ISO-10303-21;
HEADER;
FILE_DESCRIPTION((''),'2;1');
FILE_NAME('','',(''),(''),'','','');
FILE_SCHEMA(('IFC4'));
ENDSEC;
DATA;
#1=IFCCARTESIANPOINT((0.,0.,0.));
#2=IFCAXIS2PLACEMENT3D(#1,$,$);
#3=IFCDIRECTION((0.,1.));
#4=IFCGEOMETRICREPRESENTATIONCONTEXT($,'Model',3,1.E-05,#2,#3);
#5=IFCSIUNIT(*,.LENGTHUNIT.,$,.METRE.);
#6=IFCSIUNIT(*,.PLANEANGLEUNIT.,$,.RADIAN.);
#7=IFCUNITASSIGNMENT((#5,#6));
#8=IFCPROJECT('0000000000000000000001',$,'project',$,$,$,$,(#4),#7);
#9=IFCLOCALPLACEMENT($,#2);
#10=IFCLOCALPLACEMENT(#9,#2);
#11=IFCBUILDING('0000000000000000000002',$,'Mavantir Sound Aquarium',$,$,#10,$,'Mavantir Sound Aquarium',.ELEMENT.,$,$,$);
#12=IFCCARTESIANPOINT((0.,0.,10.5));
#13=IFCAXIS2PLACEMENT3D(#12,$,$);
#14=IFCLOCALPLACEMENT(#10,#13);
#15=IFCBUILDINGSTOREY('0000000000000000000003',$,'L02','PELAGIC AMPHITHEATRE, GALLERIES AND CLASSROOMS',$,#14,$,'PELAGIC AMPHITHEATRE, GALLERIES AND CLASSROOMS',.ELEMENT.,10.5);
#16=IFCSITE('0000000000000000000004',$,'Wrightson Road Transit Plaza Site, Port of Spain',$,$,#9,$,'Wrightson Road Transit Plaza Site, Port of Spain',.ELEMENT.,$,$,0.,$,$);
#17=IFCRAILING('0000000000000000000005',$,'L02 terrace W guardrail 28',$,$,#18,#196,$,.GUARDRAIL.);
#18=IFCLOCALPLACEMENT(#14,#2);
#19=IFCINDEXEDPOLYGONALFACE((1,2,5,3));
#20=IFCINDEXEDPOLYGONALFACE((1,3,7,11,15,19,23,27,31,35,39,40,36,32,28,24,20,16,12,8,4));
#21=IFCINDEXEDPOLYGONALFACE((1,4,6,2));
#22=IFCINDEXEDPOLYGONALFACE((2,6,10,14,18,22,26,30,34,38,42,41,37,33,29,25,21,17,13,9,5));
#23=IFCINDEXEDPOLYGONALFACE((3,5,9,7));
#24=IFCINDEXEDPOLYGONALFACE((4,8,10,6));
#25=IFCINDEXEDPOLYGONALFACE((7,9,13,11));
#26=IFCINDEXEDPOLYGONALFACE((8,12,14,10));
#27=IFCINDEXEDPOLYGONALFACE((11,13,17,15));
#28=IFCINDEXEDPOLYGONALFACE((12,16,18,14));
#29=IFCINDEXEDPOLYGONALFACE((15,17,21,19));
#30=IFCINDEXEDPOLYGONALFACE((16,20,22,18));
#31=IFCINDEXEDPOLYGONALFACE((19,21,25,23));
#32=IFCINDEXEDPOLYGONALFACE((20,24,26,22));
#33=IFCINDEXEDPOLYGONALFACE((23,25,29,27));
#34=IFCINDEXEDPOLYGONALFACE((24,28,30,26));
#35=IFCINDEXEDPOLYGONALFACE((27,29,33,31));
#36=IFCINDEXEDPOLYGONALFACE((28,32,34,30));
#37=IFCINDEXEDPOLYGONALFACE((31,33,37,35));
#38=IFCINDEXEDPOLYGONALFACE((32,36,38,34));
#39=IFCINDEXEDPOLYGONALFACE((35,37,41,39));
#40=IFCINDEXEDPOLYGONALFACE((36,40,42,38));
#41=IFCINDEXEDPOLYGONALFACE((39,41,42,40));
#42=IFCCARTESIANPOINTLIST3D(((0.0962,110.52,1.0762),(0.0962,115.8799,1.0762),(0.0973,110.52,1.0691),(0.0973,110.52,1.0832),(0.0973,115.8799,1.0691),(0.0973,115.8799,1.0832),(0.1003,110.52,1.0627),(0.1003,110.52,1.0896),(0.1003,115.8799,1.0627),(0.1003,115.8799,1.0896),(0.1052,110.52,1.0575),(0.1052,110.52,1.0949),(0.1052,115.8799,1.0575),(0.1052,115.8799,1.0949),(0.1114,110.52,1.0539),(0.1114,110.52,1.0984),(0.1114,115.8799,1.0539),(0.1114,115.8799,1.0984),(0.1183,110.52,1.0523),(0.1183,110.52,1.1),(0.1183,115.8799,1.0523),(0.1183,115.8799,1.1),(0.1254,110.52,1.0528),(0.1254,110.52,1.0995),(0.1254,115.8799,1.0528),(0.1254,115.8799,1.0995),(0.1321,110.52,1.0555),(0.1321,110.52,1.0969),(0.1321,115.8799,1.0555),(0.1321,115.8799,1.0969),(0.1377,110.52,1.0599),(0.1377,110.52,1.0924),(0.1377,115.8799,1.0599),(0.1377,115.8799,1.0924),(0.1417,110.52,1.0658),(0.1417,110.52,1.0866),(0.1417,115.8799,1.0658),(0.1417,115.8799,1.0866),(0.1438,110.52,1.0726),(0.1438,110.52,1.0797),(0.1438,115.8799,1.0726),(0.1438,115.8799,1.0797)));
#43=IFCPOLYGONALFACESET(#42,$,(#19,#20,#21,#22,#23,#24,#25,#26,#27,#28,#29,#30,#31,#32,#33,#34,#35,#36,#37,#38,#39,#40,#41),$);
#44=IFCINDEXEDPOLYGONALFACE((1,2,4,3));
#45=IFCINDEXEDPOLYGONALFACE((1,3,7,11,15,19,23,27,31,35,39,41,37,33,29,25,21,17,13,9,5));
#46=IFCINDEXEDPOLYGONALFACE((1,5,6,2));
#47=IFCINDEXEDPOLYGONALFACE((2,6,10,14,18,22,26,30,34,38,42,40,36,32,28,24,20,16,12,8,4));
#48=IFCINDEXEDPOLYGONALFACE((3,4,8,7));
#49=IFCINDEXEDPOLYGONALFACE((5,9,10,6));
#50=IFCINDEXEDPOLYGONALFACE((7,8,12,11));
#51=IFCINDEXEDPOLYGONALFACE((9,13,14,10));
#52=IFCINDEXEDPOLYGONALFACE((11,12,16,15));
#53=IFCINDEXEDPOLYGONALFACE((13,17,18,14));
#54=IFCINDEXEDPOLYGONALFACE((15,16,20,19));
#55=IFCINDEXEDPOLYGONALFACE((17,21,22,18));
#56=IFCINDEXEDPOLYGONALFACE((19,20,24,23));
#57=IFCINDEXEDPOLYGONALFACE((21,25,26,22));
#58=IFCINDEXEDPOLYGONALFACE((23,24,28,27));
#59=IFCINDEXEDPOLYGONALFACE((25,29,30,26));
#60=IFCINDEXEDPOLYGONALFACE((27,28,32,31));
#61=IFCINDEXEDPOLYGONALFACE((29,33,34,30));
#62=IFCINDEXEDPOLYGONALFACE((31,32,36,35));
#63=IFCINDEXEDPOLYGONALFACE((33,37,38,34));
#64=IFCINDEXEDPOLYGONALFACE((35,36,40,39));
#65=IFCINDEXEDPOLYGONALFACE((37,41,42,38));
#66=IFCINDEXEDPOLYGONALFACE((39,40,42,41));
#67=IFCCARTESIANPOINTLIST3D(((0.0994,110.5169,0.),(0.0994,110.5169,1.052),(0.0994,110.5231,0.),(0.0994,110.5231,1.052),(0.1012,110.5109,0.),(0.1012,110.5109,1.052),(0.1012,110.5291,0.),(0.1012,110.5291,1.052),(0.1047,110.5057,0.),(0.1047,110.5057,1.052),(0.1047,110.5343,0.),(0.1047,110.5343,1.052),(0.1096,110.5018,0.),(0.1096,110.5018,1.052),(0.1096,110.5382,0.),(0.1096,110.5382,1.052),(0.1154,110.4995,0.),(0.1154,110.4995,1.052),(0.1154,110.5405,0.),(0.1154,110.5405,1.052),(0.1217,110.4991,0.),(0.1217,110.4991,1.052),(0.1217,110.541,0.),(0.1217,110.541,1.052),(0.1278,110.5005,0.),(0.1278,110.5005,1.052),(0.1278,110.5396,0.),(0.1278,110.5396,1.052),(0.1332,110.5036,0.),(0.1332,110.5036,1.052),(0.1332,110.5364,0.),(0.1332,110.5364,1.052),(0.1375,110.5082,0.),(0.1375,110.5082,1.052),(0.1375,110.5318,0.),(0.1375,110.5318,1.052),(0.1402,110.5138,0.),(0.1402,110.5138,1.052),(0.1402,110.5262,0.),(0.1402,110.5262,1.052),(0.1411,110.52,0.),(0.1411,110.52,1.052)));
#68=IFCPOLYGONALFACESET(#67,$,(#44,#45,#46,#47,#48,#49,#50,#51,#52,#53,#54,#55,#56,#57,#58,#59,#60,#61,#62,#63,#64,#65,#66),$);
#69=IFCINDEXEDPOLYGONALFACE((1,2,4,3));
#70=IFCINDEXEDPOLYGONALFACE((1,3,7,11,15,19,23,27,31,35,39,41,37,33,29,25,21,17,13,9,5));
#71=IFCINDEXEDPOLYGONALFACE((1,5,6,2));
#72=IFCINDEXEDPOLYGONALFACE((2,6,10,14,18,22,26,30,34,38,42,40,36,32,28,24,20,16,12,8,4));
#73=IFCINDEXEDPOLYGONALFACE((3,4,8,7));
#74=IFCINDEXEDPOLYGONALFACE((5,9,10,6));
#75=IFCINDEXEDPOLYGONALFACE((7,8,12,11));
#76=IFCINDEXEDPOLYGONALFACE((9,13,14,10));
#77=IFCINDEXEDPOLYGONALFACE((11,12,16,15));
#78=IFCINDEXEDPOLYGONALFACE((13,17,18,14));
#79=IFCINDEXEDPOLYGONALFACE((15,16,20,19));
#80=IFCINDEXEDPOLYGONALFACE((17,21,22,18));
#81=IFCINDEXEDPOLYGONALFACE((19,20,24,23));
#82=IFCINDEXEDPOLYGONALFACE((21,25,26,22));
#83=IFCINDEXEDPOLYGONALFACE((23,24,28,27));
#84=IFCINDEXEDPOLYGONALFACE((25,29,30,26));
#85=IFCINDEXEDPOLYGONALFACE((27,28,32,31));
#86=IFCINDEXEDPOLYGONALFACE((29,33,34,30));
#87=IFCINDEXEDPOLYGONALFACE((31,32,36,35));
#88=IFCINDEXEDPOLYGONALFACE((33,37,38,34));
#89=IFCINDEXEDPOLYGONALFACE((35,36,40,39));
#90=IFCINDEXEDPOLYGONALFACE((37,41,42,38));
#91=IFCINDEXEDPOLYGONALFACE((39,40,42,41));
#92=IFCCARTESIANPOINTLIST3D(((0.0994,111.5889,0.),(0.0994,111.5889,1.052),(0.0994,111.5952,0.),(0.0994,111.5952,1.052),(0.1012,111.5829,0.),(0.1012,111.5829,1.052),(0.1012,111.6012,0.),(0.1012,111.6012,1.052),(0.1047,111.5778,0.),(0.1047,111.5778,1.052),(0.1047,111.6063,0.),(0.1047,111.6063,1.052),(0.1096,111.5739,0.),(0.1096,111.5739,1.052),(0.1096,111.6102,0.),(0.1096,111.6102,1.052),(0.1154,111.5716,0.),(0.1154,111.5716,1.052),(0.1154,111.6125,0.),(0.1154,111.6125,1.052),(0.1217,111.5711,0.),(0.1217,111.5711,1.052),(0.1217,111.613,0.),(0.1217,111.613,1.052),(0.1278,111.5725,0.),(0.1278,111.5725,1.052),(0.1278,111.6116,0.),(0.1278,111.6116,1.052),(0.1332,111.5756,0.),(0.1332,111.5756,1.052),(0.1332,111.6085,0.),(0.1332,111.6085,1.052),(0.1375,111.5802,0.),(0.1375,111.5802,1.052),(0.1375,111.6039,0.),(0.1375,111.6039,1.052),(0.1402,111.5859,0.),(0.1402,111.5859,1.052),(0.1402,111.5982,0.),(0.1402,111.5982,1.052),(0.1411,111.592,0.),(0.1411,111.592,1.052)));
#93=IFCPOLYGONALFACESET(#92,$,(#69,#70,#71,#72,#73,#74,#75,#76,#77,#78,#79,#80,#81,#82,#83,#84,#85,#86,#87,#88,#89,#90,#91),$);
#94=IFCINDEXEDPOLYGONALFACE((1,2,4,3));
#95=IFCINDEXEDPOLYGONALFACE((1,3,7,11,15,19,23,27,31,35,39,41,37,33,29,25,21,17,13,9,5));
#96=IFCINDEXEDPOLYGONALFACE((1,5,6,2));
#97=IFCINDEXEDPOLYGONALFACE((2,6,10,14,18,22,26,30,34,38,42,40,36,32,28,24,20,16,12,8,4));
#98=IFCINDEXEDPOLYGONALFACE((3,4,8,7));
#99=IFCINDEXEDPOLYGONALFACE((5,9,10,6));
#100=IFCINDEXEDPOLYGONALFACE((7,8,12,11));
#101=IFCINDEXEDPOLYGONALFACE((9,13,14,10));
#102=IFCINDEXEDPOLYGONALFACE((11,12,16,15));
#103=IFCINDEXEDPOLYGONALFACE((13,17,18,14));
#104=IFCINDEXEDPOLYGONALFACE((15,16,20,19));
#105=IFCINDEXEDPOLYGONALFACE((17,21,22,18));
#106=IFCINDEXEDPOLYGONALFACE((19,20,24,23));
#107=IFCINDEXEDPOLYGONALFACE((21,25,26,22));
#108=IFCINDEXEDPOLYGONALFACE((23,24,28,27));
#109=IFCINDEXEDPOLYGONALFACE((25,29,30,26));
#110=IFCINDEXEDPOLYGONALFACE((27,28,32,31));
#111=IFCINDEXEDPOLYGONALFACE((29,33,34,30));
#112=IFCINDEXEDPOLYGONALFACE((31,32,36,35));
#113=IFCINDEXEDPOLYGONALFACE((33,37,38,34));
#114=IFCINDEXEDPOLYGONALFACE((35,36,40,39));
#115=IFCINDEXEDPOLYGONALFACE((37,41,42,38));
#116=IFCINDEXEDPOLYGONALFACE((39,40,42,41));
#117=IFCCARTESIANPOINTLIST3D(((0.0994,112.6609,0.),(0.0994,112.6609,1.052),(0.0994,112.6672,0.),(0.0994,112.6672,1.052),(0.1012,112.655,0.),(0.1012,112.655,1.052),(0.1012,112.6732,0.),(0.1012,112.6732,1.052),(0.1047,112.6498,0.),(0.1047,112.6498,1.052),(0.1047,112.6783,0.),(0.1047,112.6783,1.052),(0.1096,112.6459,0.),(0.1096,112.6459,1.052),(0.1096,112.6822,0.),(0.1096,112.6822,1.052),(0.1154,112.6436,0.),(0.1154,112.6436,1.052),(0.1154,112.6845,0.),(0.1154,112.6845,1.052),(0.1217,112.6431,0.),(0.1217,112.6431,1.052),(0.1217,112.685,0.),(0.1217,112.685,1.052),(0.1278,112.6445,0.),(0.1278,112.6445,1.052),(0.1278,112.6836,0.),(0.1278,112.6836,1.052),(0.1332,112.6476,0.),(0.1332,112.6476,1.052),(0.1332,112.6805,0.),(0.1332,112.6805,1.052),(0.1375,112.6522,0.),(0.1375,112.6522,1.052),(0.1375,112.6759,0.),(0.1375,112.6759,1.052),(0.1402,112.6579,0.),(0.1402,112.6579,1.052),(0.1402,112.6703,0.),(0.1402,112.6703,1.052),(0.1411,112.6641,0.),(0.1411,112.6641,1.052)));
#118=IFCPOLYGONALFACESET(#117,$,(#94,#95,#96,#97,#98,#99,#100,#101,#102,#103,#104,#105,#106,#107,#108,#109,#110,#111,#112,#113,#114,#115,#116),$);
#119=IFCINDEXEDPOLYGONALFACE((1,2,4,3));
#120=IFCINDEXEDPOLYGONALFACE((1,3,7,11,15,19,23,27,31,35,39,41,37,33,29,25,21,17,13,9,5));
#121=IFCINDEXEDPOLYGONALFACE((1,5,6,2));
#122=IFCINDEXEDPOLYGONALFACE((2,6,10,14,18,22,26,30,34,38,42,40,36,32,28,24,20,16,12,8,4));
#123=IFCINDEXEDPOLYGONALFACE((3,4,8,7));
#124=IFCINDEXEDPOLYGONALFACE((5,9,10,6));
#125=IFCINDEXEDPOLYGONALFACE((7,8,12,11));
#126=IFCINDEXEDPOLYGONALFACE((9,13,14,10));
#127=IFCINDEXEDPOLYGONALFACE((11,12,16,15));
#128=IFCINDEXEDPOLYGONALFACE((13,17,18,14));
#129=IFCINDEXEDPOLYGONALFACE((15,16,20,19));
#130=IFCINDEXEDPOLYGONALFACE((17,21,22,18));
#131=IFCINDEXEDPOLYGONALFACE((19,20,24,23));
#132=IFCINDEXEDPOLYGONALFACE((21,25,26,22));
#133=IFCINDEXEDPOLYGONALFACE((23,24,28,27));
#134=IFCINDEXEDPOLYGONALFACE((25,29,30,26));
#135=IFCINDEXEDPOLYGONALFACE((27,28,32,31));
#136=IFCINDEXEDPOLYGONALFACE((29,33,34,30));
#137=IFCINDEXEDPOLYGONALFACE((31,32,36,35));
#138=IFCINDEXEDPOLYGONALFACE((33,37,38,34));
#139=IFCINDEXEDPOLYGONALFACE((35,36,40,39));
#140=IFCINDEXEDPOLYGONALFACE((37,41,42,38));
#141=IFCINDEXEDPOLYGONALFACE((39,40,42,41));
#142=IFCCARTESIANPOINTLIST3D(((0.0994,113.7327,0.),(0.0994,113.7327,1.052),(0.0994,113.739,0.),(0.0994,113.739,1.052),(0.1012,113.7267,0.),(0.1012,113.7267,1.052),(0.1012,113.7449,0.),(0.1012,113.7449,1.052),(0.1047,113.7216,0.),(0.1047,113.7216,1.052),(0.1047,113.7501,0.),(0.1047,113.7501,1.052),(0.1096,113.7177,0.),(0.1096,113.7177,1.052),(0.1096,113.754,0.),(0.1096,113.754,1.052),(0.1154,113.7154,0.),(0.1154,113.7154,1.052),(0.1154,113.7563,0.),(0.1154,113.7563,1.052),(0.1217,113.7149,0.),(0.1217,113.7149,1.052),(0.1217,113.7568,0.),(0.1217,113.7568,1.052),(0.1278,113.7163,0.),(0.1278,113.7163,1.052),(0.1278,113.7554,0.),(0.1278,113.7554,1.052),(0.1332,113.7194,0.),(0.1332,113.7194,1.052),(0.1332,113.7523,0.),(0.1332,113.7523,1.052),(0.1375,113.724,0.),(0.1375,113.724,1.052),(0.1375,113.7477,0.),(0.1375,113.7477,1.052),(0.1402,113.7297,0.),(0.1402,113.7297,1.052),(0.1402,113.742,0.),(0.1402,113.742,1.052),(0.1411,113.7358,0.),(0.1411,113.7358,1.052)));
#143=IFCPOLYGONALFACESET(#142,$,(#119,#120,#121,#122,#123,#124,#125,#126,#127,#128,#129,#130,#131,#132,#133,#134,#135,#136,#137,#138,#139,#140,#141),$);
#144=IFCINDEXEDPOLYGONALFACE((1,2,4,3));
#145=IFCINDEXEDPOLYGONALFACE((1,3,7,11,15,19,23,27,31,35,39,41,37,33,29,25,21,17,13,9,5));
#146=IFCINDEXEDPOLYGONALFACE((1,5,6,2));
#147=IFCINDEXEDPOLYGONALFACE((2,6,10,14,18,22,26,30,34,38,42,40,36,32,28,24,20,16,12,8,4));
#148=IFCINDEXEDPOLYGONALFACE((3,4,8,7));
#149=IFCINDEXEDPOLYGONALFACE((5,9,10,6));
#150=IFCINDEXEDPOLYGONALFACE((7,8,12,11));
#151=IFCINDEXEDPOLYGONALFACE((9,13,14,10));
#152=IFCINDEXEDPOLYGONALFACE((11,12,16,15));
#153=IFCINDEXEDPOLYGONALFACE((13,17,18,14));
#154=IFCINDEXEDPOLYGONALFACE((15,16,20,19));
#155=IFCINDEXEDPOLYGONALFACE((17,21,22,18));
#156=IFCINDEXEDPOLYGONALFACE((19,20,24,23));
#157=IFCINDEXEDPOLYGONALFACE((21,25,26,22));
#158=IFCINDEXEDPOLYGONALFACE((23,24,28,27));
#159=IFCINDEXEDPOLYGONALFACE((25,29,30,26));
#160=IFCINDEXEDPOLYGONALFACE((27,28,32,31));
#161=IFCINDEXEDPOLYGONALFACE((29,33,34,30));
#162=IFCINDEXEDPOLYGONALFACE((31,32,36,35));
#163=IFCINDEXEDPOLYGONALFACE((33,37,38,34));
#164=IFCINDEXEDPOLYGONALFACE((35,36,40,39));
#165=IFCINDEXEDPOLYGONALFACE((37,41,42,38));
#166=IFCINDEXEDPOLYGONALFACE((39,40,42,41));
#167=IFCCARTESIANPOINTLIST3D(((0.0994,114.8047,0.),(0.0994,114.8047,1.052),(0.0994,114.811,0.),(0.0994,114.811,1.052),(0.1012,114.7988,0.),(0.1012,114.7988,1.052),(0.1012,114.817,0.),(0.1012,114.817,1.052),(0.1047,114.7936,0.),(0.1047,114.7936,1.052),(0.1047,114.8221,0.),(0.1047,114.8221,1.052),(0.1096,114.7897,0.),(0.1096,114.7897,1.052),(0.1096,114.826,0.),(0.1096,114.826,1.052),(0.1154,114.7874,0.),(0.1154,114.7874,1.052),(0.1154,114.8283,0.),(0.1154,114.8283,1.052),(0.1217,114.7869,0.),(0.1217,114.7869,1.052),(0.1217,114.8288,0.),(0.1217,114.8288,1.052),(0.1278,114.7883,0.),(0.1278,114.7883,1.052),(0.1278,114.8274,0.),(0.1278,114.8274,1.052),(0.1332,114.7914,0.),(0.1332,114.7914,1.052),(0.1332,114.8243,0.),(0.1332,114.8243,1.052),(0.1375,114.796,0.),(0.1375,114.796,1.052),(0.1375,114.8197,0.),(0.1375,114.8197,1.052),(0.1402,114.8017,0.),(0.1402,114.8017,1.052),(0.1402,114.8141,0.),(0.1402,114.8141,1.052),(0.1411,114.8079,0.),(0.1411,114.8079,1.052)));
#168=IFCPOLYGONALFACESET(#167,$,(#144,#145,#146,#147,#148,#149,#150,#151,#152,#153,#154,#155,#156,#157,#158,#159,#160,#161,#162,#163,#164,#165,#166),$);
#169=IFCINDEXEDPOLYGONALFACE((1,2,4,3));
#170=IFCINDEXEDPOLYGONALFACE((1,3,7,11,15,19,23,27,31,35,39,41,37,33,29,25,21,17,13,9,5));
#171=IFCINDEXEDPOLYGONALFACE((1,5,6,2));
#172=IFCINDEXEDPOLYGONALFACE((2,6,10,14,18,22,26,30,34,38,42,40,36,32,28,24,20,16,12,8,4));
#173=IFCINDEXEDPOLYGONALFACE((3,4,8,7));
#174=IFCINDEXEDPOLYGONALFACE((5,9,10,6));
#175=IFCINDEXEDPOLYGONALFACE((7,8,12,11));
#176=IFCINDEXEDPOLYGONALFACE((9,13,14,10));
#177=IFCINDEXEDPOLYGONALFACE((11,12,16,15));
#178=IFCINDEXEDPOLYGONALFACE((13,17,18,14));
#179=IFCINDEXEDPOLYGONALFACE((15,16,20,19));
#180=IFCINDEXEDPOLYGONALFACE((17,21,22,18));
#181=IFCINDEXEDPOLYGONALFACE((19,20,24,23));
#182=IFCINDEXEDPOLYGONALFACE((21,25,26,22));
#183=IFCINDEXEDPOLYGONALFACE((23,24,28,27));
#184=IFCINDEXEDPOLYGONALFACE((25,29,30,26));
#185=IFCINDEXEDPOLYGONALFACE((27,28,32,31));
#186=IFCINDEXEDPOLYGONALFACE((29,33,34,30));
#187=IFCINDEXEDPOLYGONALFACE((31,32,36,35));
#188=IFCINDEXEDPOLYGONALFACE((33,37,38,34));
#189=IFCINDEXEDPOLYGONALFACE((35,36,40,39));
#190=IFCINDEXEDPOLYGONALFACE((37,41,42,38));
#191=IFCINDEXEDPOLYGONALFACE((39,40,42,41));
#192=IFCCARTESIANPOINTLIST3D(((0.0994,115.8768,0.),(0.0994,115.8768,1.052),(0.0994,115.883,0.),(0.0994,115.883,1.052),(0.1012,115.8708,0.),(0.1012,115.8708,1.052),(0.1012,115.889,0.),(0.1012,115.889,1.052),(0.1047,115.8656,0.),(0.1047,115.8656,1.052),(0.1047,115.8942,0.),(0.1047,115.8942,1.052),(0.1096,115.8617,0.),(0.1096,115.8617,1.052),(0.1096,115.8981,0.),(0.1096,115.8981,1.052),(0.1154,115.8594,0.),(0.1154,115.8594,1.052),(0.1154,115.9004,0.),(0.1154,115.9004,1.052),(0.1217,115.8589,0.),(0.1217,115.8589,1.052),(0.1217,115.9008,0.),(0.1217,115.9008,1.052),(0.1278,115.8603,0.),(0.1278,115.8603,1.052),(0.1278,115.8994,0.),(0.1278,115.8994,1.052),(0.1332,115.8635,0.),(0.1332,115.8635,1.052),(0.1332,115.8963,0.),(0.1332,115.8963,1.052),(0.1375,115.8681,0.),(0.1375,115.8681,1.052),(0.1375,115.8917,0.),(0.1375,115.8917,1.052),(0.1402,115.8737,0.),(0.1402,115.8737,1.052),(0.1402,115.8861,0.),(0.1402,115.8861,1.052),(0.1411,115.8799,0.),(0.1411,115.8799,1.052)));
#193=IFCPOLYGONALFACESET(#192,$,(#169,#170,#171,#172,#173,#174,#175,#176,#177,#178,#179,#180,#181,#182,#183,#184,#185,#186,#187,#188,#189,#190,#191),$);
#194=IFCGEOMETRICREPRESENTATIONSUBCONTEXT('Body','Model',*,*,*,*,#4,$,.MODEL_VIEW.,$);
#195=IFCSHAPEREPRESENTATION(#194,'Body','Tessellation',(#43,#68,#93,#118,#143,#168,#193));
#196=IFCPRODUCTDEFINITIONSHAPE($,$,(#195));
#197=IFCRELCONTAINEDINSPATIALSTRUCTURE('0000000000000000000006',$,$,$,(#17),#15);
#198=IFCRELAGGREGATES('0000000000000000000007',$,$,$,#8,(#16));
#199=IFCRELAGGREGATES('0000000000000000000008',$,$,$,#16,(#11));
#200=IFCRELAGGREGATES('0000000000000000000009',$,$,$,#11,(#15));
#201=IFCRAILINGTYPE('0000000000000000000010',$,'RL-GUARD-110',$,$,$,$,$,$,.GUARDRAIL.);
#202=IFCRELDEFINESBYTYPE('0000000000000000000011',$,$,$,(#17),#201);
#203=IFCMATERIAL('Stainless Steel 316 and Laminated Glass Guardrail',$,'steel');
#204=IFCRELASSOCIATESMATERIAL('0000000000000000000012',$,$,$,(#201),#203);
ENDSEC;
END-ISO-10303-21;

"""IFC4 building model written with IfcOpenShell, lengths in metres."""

from ifc_helpers import new_model, si_unit, direction, frame, origin, origin_2d, place, context, subcontext, project, spatial, circle, extrude, material, type_object, element, save


model = new_model("IFC4")

# Units and contexts
model_context = context("Model", 3, precision=1e-05, world=origin(), true_north=direction((0.0, 1.0)))
body_context = subcontext(model_context, "Body", "Model", "MODEL_VIEW")
ifc_project = project(units=[si_unit("LENGTHUNIT", "METRE"), si_unit("PLANEANGLEUNIT", "RADIAN")], contexts=[model_context])

# Site, building, storey
site_placement = place(None, origin())
site = spatial("IfcSite", under=ifc_project, at=site_placement, Name="Wrightson Road Transit Plaza Site, Port of Spain", LongName="Wrightson Road Transit Plaza Site, Port of Spain", CompositionType="ELEMENT", RefElevation=0.0)
building_placement = place(site_placement, origin())
building = spatial("IfcBuilding", under=site, at=building_placement, Name="Mavantir Sound Aquarium", LongName="Mavantir Sound Aquarium", CompositionType="ELEMENT")
storey_placement = place(building_placement, frame((0.0, 0.0, 10.5)))
storey = spatial("IfcBuildingStorey", under=building, at=storey_placement, Name="L02", Description="PELAGIC AMPHITHEATRE, GALLERIES AND CLASSROOMS", LongName="PELAGIC AMPHITHEATRE, GALLERIES AND CLASSROOMS", CompositionType="ELEMENT", Elevation=10.5)

# Railing
ifc_material_1 = material(Name="Stainless Steel 316 and Laminated Glass Guardrail", Category="steel")
railing_type = type_object("IfcRailingType", Name="RL-GUARD-110", PredefinedType="GUARDRAIL", material=ifc_material_1)
railing_1_placement = place(storey_placement, frame((0.1201, 110.52, 0.0)))
element("IfcRailing", 1, at=railing_1_placement, inside=storey, type_object=railing_type, Name="L02 terrace W guardrail 28", PredefinedType="GUARDRAIL", context=body_context, shape_type="SweptSolid", body=[
    extrude(circle(Radius=0.0239, at=origin_2d()), frame((0.0, 0.0, 1.0762), z_axis=(0.0, 1.0, 0.0), x_axis=(-1.0, 0.0, 0.0)), (0.0, 0.0, 1.0), 5.3599),
    extrude(circle(Radius=0.021, at=origin_2d()), origin(), (0.0, 0.0, 1.0), 1.052),
    extrude(circle(Radius=0.021, at=origin_2d()), frame((0.0, 1.072, 0.0)), (0.0, 0.0, 1.0), 1.052),
    extrude(circle(Radius=0.021, at=origin_2d()), frame((0.0, 2.144, 0.0)), (0.0, 0.0, 1.0), 1.052),
    extrude(circle(Radius=0.021, at=origin_2d()), frame((0.0, 3.2158, 0.0)), (0.0, 0.0, 1.0), 1.052),
    extrude(circle(Radius=0.021, at=origin_2d()), frame((0.0, 4.2878, 0.0)), (0.0, 0.0, 1.0), 1.052),
    extrude(circle(Radius=0.021, at=origin_2d()), frame((0.0, 5.3599, 0.0)), (0.0, 0.0, 1.0), 1.052),
])

save(model, "model.ifc")
